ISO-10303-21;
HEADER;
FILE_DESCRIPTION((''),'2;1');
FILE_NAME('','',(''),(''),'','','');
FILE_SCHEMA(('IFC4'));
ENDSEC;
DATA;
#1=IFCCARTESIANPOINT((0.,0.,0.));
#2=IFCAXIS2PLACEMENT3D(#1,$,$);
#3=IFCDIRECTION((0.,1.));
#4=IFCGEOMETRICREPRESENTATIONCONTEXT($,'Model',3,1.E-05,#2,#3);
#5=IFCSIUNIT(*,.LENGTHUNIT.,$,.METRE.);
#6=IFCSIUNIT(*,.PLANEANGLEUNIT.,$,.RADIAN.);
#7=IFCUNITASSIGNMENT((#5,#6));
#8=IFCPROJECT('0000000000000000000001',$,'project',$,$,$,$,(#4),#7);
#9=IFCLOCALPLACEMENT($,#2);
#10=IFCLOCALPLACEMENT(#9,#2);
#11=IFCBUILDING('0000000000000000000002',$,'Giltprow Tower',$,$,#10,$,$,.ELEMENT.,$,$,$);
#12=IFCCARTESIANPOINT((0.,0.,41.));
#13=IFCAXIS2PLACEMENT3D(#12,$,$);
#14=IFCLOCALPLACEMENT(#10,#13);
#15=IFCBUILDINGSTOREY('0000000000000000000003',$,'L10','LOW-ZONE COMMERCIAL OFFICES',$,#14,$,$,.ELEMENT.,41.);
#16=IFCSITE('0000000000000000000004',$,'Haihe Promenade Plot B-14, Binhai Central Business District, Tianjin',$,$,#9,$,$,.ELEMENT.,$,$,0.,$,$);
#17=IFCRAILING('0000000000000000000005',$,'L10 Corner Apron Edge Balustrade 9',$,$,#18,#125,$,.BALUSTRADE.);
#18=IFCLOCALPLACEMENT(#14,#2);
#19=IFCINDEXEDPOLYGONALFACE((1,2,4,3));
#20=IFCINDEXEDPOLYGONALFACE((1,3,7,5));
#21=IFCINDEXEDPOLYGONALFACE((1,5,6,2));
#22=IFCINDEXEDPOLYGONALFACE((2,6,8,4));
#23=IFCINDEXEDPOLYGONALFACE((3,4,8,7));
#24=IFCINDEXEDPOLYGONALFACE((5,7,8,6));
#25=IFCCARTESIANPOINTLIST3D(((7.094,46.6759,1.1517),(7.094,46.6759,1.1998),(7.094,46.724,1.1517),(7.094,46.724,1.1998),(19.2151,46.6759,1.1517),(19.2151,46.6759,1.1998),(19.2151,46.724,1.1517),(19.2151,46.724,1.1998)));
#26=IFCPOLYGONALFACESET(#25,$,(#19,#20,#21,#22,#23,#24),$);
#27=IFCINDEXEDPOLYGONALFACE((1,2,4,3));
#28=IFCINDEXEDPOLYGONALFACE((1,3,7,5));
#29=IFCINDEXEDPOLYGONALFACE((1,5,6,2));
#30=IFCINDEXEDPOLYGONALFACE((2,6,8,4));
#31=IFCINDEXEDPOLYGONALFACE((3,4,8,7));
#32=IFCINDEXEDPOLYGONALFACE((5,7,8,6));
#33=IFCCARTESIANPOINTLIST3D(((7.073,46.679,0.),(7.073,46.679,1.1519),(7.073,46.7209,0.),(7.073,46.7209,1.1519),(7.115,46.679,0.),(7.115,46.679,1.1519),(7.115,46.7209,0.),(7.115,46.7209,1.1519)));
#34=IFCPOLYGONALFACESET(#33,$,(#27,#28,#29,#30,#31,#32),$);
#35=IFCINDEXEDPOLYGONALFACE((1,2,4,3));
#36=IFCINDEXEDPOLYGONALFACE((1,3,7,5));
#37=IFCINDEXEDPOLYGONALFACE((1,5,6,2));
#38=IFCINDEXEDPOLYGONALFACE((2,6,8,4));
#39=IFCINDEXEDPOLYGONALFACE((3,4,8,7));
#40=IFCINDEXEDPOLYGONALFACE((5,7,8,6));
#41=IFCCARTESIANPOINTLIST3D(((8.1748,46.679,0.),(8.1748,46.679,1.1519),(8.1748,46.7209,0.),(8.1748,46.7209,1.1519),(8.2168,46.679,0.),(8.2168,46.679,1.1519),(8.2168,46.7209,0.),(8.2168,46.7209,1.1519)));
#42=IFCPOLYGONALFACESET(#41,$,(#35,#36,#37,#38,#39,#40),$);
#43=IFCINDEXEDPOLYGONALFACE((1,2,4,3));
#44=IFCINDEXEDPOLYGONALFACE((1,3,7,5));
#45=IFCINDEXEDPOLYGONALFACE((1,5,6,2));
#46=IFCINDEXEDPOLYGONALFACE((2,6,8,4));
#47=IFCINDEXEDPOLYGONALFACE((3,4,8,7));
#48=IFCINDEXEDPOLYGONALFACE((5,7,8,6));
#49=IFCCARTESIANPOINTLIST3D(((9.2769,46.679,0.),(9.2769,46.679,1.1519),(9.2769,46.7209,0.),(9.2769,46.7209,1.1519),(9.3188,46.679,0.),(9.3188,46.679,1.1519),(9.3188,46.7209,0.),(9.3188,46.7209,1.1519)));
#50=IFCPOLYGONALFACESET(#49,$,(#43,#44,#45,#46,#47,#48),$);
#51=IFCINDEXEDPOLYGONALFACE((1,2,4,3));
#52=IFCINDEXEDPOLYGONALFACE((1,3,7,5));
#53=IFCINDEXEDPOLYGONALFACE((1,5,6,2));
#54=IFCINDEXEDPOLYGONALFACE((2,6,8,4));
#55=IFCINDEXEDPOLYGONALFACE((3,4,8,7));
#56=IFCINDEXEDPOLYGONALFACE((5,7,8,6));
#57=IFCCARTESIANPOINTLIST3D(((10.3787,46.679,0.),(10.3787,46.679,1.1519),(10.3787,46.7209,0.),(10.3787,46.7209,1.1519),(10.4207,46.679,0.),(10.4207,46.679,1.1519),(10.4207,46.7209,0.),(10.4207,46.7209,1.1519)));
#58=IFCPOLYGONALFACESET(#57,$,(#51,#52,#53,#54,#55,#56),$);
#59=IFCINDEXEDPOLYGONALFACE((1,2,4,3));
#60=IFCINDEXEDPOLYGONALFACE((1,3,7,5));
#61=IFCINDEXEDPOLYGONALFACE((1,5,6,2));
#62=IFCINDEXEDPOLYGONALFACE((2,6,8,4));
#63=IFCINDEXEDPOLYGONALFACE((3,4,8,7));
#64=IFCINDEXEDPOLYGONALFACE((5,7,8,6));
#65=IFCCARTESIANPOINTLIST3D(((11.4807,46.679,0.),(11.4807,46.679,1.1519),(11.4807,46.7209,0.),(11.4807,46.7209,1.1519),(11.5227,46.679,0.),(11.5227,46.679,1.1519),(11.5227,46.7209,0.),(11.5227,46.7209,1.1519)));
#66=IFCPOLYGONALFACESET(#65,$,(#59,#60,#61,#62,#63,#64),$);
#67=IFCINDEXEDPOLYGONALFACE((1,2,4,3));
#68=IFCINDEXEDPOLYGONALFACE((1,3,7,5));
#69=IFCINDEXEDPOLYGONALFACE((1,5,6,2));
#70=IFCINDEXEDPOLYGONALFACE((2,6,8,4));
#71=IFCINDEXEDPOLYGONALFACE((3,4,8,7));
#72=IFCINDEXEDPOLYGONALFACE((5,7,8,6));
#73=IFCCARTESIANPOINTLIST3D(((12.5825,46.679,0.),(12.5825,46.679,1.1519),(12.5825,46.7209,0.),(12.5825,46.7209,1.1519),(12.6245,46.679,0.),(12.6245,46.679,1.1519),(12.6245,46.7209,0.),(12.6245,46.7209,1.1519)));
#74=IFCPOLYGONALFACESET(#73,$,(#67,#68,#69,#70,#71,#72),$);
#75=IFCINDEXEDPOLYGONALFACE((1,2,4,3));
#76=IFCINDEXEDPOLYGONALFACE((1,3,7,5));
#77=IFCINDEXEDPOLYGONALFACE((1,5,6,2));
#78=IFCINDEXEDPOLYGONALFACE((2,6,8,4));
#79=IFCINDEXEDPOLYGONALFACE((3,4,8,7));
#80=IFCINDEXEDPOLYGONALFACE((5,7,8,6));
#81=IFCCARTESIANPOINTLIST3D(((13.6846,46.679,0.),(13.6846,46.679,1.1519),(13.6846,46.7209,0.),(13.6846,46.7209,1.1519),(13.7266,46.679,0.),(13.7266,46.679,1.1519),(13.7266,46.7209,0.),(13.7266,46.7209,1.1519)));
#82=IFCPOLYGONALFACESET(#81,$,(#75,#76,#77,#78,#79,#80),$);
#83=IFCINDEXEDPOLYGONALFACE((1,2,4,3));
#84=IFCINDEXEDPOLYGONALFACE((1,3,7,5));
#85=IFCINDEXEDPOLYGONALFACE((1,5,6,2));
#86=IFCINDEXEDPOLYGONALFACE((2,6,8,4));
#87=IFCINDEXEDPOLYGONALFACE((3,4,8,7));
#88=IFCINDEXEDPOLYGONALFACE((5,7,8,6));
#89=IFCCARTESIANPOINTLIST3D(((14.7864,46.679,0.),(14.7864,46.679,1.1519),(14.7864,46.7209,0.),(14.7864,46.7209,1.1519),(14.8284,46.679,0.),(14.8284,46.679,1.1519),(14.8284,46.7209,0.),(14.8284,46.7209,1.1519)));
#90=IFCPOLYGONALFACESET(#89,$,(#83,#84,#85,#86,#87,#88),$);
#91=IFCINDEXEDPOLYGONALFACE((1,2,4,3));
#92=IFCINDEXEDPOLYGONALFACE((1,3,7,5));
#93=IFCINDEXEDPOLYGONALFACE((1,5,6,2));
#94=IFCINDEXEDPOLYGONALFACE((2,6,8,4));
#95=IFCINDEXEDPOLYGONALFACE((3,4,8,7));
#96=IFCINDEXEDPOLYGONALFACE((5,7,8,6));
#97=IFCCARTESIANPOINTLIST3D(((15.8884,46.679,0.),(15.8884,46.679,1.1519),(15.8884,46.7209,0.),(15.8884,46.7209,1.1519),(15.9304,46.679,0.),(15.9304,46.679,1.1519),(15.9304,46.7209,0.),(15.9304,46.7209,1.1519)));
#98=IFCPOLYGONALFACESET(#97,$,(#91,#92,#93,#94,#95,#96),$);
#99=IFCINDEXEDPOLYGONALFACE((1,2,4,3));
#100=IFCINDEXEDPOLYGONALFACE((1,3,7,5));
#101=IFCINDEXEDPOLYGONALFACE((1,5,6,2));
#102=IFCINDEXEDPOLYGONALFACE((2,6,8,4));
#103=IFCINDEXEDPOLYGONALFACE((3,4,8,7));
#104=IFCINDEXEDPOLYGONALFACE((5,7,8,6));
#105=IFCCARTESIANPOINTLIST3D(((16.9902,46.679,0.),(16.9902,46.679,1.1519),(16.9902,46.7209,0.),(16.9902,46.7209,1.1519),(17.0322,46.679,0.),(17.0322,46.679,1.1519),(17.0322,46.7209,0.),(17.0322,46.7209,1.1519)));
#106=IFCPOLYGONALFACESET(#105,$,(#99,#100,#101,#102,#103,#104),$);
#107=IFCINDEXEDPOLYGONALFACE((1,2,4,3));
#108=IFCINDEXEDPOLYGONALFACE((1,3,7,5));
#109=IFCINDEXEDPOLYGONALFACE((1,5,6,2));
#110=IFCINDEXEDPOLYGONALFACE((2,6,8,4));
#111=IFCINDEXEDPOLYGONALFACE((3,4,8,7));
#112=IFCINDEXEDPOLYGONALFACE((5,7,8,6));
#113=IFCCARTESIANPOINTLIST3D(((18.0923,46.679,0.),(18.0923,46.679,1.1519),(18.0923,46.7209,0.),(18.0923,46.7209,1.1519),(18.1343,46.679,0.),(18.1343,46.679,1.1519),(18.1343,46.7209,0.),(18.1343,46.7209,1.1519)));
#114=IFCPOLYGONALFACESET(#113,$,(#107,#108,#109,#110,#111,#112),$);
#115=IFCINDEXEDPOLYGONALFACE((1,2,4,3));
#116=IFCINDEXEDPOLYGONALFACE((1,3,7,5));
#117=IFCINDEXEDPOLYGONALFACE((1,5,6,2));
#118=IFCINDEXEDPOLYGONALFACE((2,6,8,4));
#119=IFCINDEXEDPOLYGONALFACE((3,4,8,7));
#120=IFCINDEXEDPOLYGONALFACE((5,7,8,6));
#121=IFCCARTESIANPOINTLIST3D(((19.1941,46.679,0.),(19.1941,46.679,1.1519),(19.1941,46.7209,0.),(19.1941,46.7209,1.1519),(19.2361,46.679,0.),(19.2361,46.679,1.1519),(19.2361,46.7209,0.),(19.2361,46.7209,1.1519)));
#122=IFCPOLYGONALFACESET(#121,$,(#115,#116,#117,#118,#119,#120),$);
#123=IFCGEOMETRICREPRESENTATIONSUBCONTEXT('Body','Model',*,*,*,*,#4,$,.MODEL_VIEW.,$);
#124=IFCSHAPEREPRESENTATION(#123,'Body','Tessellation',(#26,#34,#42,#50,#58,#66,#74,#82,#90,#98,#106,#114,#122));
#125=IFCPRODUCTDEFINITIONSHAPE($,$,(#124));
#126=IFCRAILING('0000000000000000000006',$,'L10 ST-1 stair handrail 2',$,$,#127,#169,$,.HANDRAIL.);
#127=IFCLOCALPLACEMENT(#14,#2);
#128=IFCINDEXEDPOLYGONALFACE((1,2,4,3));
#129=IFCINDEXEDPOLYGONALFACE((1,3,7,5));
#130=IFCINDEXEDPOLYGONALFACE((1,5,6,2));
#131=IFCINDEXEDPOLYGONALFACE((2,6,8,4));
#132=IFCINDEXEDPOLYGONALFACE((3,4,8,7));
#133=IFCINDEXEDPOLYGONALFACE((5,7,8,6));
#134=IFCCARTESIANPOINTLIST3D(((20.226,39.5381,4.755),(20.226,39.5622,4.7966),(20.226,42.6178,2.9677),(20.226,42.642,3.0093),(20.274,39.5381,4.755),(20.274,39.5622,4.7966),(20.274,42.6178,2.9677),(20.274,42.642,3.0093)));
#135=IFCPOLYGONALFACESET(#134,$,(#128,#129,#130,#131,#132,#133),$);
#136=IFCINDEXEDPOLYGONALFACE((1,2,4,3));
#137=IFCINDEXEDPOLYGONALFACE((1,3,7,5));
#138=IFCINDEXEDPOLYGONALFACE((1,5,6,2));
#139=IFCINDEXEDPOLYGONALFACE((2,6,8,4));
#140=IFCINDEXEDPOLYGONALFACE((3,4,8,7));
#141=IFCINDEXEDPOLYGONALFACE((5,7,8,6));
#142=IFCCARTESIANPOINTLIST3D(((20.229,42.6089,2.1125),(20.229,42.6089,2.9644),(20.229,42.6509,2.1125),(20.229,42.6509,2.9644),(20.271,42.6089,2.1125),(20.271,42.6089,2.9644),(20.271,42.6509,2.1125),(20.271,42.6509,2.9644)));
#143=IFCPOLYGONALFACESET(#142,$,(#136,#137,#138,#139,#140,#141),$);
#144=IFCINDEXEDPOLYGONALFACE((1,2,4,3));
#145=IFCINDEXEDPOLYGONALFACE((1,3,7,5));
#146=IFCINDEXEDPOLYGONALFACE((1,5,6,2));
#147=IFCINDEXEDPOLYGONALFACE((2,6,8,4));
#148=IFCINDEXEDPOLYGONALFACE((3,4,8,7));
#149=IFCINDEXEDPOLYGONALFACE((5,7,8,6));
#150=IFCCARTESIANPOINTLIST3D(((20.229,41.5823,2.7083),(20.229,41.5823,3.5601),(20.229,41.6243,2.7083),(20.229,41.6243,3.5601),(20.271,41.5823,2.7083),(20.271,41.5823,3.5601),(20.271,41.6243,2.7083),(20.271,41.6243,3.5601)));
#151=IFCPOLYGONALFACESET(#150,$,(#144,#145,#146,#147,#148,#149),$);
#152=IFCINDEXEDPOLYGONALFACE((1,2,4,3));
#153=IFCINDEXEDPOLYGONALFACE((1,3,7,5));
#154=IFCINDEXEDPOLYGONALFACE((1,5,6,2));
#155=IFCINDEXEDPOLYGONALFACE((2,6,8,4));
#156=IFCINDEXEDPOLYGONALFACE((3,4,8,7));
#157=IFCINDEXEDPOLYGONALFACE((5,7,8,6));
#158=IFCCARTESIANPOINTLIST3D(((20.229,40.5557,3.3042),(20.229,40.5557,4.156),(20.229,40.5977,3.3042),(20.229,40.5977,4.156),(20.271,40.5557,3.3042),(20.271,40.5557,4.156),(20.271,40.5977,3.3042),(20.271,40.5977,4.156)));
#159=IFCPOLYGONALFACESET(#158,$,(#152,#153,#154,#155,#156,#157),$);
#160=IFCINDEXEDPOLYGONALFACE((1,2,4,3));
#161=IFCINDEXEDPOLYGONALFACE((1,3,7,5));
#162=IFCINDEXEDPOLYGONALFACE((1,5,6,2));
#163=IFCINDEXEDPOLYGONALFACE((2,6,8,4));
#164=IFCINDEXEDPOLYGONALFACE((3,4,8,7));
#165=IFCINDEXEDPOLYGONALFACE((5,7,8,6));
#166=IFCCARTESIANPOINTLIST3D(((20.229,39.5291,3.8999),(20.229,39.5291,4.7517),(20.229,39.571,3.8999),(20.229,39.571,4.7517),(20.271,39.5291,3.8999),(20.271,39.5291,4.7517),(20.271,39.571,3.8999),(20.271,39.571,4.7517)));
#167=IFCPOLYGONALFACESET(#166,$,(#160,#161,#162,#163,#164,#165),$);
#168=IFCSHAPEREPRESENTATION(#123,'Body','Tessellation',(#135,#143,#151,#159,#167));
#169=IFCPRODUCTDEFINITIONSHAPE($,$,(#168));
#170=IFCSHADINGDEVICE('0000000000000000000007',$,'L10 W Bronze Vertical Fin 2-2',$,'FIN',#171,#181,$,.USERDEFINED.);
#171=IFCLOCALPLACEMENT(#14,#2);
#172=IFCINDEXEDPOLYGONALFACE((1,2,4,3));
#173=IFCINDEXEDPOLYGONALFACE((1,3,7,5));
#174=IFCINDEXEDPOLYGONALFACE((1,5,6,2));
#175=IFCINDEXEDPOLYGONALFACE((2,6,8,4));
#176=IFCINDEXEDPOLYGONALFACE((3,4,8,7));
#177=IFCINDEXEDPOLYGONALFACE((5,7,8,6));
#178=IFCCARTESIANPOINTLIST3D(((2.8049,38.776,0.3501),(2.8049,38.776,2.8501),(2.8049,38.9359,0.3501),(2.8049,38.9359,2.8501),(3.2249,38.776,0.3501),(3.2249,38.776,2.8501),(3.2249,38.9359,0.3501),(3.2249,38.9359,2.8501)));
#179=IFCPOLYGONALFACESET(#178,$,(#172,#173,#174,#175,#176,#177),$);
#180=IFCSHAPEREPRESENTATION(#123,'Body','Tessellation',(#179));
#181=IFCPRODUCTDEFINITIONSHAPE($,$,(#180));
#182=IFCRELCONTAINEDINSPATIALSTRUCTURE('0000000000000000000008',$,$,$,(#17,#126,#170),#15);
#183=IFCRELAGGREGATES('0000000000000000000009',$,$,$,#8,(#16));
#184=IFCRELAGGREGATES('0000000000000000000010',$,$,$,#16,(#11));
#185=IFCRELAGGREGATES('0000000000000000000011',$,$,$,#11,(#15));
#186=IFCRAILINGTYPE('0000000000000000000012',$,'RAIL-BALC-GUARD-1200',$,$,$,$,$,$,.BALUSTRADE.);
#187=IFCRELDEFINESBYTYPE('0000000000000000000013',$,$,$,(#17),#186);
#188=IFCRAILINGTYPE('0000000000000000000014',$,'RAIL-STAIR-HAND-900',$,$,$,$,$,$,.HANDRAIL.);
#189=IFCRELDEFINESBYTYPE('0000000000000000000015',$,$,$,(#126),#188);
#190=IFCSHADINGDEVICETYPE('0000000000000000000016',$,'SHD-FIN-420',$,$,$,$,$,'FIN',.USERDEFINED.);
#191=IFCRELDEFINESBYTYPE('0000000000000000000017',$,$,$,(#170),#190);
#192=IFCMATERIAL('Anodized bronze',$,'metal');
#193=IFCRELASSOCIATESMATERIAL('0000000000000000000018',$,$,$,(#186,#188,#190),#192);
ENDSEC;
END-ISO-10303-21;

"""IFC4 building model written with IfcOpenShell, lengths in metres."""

from ifc_helpers import new_model, si_unit, direction, frame, origin, origin_2d, place, context, subcontext, project, spatial, rectangle, extrude, source, transform, mapped, material, type_object, element, save


model = new_model("IFC4")

# Units and contexts
model_context = context("Model", 3, precision=1e-05, world=origin(), true_north=direction((0.0, 1.0)))
body_context = subcontext(model_context, "Body", "Model", "MODEL_VIEW")
ifc_project = project(units=[si_unit("LENGTHUNIT", "METRE"), si_unit("PLANEANGLEUNIT", "RADIAN")], contexts=[model_context])

# Site, building, storey
site_placement = place(None, origin())
site = spatial("IfcSite", under=ifc_project, at=site_placement, Name="Haihe Promenade Plot B-14, Binhai Central Business District, Tianjin", CompositionType="ELEMENT", RefElevation=0.0)
building_placement = place(site_placement, origin())
building = spatial("IfcBuilding", under=site, at=building_placement, Name="Giltprow Tower", CompositionType="ELEMENT")
storey_placement = place(building_placement, frame((0.0, 0.0, 41.0)))
storey = spatial("IfcBuildingStorey", under=building, at=storey_placement, Name="L10", Description="LOW-ZONE COMMERCIAL OFFICES", CompositionType="ELEMENT", Elevation=41.0)

# Railings
ifc_material_1 = material(Name="Anodized bronze", Category="metal")
railing_type_1 = type_object("IfcRailingType", Name="RAIL-BALC-GUARD-1200", PredefinedType="BALUSTRADE", material=ifc_material_1)
railing_1_placement = place(storey_placement, frame((7.094, 46.7, 0.0)))
element("IfcRailing", 1, at=railing_1_placement, inside=storey, type_object=railing_type_1, Name="L10 Corner Apron Edge Balustrade 9", PredefinedType="BALUSTRADE", context=body_context, shape_type="SweptSolid", body=[
    extrude(rectangle(XDim=0.0481, YDim=0.0481, at=origin_2d()), frame((0.0, 0.0, 1.1758), z_axis=(1.0, 0.0, 0.0), x_axis=(0.0, 1.0, 0.0)), (0.0, 0.0, 1.0), 12.1211),
    extrude(rectangle(XDim=0.042, YDim=0.042, at=origin_2d()), origin(), (0.0, 0.0, 1.0), 1.1519),
    extrude(rectangle(XDim=0.042, YDim=0.042, at=origin_2d()), frame((1.1018, 0.0, 0.0)), (0.0, 0.0, 1.0), 1.1519),
    extrude(rectangle(XDim=0.042, YDim=0.042, at=origin_2d()), frame((2.2039, 0.0, 0.0)), (0.0, 0.0, 1.0), 1.1519),
    extrude(rectangle(XDim=0.042, YDim=0.042, at=origin_2d()), frame((3.3057, 0.0, 0.0)), (0.0, 0.0, 1.0), 1.1519),
    extrude(rectangle(XDim=0.042, YDim=0.042, at=origin_2d()), frame((4.4077, 0.0, 0.0)), (0.0, 0.0, 1.0), 1.1519),
    extrude(rectangle(XDim=0.042, YDim=0.042, at=origin_2d()), frame((5.5095, 0.0, 0.0)), (0.0, 0.0, 1.0), 1.1519),
    extrude(rectangle(XDim=0.042, YDim=0.042, at=origin_2d()), frame((6.6116, 0.0, 0.0)), (0.0, 0.0, 1.0), 1.1519),
    extrude(rectangle(XDim=0.042, YDim=0.042, at=origin_2d()), frame((7.7134, 0.0, 0.0)), (0.0, 0.0, 1.0), 1.1519),
    extrude(rectangle(XDim=0.042, YDim=0.042, at=origin_2d()), frame((8.8154, 0.0, 0.0)), (0.0, 0.0, 1.0), 1.1519),
    extrude(rectangle(XDim=0.042, YDim=0.042, at=origin_2d()), frame((9.9172, 0.0, 0.0)), (0.0, 0.0, 1.0), 1.1519),
    extrude(rectangle(XDim=0.042, YDim=0.042, at=origin_2d()), frame((11.0193, 0.0, 0.0)), (0.0, 0.0, 1.0), 1.1519),
    extrude(rectangle(XDim=0.042, YDim=0.042, at=origin_2d()), frame((12.1211, 0.0, 0.0)), (0.0, 0.0, 1.0), 1.1519),
])
railing_type_2 = type_object("IfcRailingType", Name="RAIL-STAIR-HAND-900", PredefinedType="HANDRAIL", material=ifc_material_1)
railing_2_placement = place(storey_placement, frame((20.25, 42.6299, 2.1125)))
element("IfcRailing", 2, at=railing_2_placement, inside=storey, type_object=railing_type_2, Name="L10 ST-1 stair handrail 2", PredefinedType="HANDRAIL", context=body_context, shape_type="SweptSolid", body=[
    extrude(rectangle(XDim=0.0481, YDim=0.0481, at=origin_2d()), frame((0.0, 0.0, 0.876), z_axis=(0.0, -0.864903, 0.501939), x_axis=(1.0, 0.0, 0.0)), (0.0, 0.0, 1.0), 3.5608),
    extrude(rectangle(XDim=0.042, YDim=0.042, at=origin_2d()), origin(), (0.0, 0.0, 1.0), 0.8518),
    extrude(rectangle(XDim=0.042, YDim=0.042, at=origin_2d()), frame((0.0, -1.0266, 0.5957)), (0.0, 0.0, 1.0), 0.8518),
    extrude(rectangle(XDim=0.042, YDim=0.042, at=origin_2d()), frame((0.0, -2.0532, 1.1917)), (0.0, 0.0, 1.0), 0.8518),
    extrude(rectangle(XDim=0.042, YDim=0.042, at=origin_2d()), frame((0.0, -3.0798, 1.7874)), (0.0, 0.0, 1.0), 0.8518),
])

# Shading device
shading_device_type = type_object("IfcShadingDeviceType", Name="SHD-FIN-420", ElementType="FIN", PredefinedType="USERDEFINED", material=ifc_material_1)
shared_shape_1 = source(origin(), body_context, "Body", "SweptSolid", [
    extrude(rectangle(XDim=0.4199, YDim=0.1599, at=origin_2d()), origin(), (0.0, 0.0, 1.0), 2.5),
])
shading_device_placement = place(storey_placement, frame((3.0149, 38.856, 0.3501), z_axis=(0.0, 0.0, 1.0), x_axis=(1.0, 0.0, 0.0)))
element("IfcShadingDevice", 3, at=shading_device_placement, inside=storey, type_object=shading_device_type, Name="L10 W Bronze Vertical Fin 2-2", ObjectType="FIN", PredefinedType="USERDEFINED", context=body_context, shape_type="MappedRepresentation", body=[
    mapped(shared_shape_1, transform((0.0, 0.0, 0.0), x_axis=(1.0, 0.0, 0.0), y_axis=(0.0, 1.0, 0.0), z_axis=(0.0, 0.0, 1.0), scale=1.0)),
])

save(model, "model.ifc")
